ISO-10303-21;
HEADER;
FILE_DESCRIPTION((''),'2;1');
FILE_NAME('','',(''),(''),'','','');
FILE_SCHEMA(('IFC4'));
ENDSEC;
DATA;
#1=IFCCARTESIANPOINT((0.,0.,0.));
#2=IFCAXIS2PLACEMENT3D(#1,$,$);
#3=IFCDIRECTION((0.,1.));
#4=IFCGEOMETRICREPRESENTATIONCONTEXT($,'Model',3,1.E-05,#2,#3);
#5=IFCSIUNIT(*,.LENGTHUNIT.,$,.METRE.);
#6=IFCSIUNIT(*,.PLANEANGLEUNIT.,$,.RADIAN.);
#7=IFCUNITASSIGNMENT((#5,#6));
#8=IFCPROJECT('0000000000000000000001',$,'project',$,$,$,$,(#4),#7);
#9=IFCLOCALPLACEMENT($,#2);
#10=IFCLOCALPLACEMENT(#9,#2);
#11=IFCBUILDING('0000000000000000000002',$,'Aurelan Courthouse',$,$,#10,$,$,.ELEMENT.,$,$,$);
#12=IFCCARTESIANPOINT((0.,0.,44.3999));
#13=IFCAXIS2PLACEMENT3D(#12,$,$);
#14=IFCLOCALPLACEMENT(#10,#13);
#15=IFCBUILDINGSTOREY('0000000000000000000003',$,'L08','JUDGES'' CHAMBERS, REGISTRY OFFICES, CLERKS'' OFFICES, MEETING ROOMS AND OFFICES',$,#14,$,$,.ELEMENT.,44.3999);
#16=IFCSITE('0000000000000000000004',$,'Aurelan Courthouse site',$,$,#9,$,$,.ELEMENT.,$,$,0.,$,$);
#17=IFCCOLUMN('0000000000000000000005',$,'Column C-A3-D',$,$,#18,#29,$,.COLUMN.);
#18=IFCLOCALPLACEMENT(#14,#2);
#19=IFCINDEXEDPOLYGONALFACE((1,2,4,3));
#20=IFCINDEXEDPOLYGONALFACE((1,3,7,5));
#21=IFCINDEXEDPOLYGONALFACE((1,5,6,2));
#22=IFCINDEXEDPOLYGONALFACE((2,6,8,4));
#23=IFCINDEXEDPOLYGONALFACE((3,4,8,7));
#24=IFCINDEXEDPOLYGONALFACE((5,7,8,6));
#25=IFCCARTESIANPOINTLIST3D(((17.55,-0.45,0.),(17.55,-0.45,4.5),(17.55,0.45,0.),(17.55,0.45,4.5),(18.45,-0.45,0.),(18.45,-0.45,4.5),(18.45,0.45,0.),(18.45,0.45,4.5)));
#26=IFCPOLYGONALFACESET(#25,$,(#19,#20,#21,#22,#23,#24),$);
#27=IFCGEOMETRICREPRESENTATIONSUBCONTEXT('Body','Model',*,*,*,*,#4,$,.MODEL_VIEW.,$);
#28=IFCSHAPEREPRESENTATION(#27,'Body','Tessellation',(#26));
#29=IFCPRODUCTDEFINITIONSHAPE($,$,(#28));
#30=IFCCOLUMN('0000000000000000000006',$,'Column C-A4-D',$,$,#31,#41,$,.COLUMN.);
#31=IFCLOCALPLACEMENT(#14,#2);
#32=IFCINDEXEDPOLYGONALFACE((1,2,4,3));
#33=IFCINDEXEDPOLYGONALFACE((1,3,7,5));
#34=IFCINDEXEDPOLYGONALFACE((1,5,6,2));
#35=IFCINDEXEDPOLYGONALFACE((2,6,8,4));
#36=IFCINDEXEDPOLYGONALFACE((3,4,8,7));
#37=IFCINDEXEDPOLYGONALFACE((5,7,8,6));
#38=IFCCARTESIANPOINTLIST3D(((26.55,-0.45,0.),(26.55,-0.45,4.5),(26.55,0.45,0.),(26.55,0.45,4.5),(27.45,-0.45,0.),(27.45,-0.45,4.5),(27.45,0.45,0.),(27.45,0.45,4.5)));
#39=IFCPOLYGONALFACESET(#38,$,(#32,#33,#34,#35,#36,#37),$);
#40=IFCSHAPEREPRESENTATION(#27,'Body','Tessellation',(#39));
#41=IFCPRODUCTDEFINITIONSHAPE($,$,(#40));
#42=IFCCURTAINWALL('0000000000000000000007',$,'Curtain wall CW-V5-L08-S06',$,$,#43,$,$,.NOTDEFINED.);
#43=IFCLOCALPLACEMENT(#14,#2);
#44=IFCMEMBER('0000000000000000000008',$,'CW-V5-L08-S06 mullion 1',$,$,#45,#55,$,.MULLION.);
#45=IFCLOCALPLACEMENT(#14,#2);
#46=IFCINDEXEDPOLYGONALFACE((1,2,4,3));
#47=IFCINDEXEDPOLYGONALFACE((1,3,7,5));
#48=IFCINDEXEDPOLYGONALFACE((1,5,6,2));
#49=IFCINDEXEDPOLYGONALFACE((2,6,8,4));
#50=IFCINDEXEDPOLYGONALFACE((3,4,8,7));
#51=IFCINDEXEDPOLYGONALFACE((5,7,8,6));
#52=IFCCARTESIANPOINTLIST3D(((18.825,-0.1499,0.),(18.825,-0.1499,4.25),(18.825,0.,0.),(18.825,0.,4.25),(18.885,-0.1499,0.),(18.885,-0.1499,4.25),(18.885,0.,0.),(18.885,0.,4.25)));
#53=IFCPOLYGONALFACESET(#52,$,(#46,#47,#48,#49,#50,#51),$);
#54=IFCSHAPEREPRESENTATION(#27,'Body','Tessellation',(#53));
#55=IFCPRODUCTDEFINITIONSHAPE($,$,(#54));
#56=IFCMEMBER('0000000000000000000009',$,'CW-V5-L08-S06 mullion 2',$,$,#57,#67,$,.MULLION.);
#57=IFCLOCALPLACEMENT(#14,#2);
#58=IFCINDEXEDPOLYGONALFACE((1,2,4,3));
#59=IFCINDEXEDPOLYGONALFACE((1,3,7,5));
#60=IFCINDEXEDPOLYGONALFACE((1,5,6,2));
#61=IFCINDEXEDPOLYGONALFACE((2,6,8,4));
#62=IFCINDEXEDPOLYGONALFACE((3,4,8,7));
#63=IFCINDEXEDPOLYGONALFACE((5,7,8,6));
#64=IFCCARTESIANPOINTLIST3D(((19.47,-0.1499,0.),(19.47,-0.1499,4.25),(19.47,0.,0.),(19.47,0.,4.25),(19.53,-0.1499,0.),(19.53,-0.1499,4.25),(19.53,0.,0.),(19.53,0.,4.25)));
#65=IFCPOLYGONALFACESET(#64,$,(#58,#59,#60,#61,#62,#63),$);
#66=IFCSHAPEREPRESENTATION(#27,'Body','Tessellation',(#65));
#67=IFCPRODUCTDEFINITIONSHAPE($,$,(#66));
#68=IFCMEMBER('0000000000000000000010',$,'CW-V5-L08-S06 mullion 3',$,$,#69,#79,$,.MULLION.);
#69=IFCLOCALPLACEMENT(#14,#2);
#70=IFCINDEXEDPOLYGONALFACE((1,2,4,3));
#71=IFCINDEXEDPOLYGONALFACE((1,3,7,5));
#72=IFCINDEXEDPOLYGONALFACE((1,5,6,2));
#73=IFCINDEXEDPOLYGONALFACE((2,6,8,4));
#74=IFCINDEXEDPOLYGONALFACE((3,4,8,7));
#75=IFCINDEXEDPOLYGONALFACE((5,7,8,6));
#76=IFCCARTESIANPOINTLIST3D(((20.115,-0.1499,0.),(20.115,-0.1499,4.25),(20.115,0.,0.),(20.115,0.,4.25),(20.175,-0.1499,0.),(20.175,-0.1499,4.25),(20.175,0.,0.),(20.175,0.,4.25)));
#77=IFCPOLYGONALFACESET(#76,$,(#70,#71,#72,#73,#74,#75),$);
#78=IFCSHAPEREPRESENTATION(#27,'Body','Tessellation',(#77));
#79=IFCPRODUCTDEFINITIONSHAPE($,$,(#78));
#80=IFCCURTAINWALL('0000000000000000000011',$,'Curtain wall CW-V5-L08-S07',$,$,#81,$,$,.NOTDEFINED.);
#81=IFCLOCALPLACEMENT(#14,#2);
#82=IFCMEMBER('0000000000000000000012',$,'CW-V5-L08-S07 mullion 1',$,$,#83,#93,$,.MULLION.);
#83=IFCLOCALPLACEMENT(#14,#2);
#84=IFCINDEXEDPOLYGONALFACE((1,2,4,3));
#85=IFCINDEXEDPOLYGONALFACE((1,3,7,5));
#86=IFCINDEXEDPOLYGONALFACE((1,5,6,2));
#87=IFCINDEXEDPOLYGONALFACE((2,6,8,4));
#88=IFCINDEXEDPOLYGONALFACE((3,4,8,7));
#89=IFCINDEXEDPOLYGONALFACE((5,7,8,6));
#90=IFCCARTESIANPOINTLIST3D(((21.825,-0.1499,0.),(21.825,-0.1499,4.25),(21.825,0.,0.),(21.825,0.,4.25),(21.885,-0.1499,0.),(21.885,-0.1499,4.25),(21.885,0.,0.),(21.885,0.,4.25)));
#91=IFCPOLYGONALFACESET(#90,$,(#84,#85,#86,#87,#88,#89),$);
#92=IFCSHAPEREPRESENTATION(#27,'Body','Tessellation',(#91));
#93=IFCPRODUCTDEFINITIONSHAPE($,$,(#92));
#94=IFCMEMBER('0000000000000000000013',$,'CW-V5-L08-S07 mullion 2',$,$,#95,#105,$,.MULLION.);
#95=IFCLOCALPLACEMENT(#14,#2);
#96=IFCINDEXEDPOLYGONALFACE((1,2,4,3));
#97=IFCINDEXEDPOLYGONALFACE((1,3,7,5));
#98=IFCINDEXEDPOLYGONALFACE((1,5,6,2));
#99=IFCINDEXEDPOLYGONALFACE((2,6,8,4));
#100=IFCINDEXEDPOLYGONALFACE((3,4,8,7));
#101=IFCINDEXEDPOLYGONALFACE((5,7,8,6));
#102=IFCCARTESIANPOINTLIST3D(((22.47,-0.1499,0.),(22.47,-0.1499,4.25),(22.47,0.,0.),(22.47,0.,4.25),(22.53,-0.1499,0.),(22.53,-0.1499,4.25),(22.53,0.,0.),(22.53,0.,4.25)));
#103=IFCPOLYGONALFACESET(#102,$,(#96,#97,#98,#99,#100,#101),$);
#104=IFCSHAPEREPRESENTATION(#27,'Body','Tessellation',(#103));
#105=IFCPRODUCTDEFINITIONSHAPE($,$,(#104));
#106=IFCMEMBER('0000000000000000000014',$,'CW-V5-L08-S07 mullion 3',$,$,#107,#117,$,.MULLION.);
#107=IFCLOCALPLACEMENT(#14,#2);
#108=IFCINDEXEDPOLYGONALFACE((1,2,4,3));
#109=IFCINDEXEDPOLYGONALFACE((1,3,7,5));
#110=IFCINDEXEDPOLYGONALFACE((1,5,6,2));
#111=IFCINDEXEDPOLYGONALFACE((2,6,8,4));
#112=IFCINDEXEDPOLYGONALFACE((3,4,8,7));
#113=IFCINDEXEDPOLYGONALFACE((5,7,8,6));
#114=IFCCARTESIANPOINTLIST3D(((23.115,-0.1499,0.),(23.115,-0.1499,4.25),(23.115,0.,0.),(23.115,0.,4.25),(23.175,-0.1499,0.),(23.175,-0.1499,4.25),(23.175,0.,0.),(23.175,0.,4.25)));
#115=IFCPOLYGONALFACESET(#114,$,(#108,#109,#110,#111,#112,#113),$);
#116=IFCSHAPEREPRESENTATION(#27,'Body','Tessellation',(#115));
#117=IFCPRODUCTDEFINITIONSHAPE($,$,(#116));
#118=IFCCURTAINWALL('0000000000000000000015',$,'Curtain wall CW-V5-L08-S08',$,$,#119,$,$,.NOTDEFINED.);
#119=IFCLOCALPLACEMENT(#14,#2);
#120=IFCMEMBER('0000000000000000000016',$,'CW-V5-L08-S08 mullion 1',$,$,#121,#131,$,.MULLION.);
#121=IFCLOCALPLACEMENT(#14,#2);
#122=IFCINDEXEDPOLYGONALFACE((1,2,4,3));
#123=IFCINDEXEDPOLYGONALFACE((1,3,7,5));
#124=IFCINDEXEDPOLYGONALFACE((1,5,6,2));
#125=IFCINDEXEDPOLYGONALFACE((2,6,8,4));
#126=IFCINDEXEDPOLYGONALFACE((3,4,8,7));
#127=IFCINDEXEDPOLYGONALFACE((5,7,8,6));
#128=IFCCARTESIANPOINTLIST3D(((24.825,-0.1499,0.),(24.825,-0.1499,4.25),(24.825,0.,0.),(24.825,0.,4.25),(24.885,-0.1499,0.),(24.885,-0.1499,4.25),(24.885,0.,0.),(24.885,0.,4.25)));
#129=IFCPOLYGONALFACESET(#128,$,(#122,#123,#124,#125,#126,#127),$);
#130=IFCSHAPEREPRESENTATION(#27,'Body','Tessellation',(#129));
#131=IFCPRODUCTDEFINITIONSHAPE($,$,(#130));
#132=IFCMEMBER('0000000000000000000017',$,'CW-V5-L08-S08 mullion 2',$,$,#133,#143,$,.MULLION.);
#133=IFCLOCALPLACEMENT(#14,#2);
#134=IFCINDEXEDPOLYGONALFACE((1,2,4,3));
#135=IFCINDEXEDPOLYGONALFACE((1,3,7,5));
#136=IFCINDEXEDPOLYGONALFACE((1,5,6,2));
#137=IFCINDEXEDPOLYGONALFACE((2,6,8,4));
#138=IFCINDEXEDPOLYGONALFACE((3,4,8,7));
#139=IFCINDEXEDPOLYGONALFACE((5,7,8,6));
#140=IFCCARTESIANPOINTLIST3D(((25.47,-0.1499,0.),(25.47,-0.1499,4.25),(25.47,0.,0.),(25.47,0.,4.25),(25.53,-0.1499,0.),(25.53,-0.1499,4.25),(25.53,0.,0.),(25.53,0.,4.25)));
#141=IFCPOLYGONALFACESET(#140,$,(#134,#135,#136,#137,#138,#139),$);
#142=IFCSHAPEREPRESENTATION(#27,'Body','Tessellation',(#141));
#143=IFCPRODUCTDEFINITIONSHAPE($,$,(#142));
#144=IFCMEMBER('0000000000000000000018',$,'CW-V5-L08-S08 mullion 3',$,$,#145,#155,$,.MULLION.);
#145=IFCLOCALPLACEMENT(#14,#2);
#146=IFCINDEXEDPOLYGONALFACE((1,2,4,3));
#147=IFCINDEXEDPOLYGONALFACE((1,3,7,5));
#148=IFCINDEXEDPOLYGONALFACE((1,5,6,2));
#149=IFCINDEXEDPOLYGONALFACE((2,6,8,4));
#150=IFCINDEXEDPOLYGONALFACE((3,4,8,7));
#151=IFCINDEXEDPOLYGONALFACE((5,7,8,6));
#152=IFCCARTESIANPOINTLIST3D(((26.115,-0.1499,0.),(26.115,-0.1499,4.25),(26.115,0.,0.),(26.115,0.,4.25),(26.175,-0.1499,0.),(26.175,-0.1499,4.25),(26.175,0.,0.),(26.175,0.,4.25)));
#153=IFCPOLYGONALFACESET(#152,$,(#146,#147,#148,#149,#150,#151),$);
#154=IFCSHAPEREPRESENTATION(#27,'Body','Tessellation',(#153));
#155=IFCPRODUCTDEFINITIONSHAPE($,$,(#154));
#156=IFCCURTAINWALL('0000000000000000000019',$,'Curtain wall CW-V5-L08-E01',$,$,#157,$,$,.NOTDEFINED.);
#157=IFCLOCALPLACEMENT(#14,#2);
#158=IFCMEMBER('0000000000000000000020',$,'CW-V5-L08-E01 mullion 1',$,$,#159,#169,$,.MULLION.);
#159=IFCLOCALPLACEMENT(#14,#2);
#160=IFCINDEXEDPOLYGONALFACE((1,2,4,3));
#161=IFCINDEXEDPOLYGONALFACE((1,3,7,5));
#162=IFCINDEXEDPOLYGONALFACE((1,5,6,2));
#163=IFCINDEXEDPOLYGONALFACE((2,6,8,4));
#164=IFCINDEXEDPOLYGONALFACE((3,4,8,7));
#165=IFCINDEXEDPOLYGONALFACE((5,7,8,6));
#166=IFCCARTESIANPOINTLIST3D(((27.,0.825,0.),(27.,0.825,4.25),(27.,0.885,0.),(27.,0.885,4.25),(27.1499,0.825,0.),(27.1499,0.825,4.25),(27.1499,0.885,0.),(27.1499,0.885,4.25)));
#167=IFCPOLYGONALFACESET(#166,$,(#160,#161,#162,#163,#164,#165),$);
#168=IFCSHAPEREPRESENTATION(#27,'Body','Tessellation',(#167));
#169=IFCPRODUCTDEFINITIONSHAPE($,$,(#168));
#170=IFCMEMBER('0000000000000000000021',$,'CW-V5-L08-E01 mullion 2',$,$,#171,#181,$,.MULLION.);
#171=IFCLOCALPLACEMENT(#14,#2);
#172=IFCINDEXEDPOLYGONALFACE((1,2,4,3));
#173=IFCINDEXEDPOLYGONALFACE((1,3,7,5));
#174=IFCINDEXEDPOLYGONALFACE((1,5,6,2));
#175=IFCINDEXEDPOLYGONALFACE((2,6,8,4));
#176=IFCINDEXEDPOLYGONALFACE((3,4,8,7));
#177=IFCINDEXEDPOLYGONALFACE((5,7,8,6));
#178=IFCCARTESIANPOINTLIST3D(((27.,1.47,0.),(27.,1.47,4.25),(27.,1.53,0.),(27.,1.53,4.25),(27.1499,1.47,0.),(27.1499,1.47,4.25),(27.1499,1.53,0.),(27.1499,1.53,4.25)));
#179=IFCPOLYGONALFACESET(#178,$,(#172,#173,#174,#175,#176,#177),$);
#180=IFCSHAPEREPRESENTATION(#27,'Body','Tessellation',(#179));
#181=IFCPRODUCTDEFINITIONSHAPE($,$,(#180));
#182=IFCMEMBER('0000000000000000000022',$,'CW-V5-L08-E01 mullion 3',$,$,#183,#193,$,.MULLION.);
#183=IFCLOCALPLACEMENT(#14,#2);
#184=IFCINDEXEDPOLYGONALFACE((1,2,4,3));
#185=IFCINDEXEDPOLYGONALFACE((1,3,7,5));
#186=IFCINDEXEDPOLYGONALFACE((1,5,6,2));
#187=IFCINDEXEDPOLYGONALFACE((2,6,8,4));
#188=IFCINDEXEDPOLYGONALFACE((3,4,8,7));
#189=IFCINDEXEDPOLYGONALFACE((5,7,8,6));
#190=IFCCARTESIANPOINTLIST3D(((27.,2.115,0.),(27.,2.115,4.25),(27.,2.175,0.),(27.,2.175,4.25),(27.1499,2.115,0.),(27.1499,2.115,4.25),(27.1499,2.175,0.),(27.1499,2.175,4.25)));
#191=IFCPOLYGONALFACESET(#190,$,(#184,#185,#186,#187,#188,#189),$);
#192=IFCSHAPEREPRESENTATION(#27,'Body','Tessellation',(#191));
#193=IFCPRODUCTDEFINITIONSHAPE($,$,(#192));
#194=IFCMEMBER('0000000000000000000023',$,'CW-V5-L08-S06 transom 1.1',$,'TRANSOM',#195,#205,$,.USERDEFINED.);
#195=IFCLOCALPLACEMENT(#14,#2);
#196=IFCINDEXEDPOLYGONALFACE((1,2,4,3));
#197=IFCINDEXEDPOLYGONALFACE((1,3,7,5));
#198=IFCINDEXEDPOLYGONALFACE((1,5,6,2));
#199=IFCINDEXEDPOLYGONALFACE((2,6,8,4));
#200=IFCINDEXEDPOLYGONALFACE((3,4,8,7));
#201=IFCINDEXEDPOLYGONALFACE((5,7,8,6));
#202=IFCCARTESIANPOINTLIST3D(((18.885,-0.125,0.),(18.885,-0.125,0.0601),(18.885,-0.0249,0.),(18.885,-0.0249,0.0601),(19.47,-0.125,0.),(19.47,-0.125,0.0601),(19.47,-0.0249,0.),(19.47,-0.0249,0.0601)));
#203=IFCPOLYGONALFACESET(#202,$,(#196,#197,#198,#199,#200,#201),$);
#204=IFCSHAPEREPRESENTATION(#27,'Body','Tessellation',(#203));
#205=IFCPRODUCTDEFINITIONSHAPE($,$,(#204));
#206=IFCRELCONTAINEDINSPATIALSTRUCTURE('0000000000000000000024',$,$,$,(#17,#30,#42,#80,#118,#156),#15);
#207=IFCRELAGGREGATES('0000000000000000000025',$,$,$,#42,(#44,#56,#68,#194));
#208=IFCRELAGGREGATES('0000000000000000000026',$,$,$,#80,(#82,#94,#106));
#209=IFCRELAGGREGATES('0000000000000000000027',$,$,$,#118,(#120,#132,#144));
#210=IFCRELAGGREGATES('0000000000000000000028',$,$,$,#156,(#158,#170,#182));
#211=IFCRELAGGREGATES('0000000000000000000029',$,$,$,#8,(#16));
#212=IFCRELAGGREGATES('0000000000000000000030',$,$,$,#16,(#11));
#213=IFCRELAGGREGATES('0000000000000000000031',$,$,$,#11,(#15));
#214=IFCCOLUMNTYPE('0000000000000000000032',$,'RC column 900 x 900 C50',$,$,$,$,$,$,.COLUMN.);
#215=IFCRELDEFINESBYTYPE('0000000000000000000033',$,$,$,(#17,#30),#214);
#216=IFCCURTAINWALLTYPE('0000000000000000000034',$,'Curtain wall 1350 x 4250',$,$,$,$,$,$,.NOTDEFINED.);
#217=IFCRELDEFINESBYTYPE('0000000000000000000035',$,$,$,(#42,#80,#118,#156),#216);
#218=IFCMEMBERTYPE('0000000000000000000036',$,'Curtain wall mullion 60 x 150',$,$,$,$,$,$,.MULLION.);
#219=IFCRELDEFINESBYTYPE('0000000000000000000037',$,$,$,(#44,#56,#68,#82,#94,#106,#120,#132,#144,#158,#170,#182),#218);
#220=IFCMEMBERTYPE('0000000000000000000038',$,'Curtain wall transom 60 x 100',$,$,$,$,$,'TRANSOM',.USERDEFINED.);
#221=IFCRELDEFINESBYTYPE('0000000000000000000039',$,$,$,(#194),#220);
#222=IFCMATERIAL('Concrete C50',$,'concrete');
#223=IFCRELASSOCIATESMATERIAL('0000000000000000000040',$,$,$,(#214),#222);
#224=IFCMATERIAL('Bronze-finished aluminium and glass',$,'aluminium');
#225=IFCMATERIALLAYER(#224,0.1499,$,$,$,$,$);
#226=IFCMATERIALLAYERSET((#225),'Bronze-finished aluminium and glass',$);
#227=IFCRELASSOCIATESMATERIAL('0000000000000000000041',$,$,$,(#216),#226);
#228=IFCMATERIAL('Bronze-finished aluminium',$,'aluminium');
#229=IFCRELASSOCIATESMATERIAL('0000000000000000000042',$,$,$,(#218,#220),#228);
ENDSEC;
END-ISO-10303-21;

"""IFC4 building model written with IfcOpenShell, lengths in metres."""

from ifc_helpers import new_model, si_unit, direction, frame, origin, origin_2d, place, context, subcontext, project, spatial, rectangle, extrude, material, layer, layer_set, material_profile, profile_set, type_object, element, aggregate, save


model = new_model("IFC4")

# Units and contexts
model_context = context("Model", 3, precision=1e-05, world=origin(), true_north=direction((0.0, 1.0)))
body_context = subcontext(model_context, "Body", "Model", "MODEL_VIEW")
ifc_project = project(units=[si_unit("LENGTHUNIT", "METRE"), si_unit("PLANEANGLEUNIT", "RADIAN")], contexts=[model_context])

# Site, building, storey
site_placement = place(None, origin())
site = spatial("IfcSite", under=ifc_project, at=site_placement, Name="Aurelan Courthouse site", CompositionType="ELEMENT", RefElevation=0.0)
building_placement = place(site_placement, origin())
building = spatial("IfcBuilding", under=site, at=building_placement, Name="Aurelan Courthouse", CompositionType="ELEMENT")
storey_placement = place(building_placement, frame((0.0, 0.0, 44.3999)))
storey = spatial("IfcBuildingStorey", under=building, at=storey_placement, Name="L08", Description="JUDGES' CHAMBERS, REGISTRY OFFICES, CLERKS' OFFICES, MEETING ROOMS AND OFFICES", CompositionType="ELEMENT", Elevation=44.3999)

# Columns
ifc_material_1 = material(Name="Concrete C50", Category="concrete")
ifc_material_profile_1 = material_profile(ifc_material_1, rectangle(XDim=0.8999, YDim=0.8999, at=origin_2d()), Name="RC 900 x 900")
ifc_profile_set_1 = profile_set([ifc_material_profile_1], Name="Concrete C50")
column_type = type_object("IfcColumnType", Name="RC column 900 x 900 C50", PredefinedType="COLUMN", material=ifc_profile_set_1)
for number, where, z_axis, x_axis, name in (
    (1, (18.0, 0.0, 0.0), (0.0, 0.0, 1.0), (1.0, 0.0, 0.0), "Column C-A3-D"),
    (2, (27.0, 0.0, 0.0), (0.0, 0.0, 1.0), (1.0, 0.0, 0.0), "Column C-A4-D"),
):
    element("IfcColumn", number, at=place(storey_placement, frame(where, z_axis=z_axis, x_axis=x_axis)), inside=storey, type_object=column_type, Name=name, PredefinedType="COLUMN", context=body_context, shape_type="SweptSolid", body=[
        extrude(rectangle(XDim=0.8999, YDim=0.8999, at=origin_2d()), origin(), (0.0, 0.0, 1.0), 4.5),
    ])

# Curtain walls, members
ifc_material_2 = material(Name="Bronze-finished aluminium and glass", Category="aluminium")
ifc_layer_1 = layer(ifc_material_2, 0.1499)
ifc_layer_set_1 = layer_set([ifc_layer_1], Name="Bronze-finished aluminium and glass")
curtain_wall_type = type_object("IfcCurtainWallType", Name="Curtain wall 1350 x 4250", PredefinedType="NOTDEFINED", material=ifc_layer_set_1)
curtain_wall_1_placement = place(storey_placement, origin())
curtain_wall_1 = element("IfcCurtainWall", 3, at=curtain_wall_1_placement, inside=storey, type_object=curtain_wall_type, Name="Curtain wall CW-V5-L08-S06", PredefinedType="NOTDEFINED")
ifc_material_3 = material(Name="Bronze-finished aluminium", Category="aluminium")
ifc_material_profile_2 = material_profile(ifc_material_3, rectangle(XDim=0.1499, YDim=0.0601, at=origin_2d()), Name="Bronze mullion 60 x 150")
ifc_profile_set_2 = profile_set([ifc_material_profile_2], Name="Bronze-finished aluminium")
member_type_1 = type_object("IfcMemberType", Name="Curtain wall mullion 60 x 150", PredefinedType="MULLION", material=ifc_profile_set_2)
member_1_placement = place(storey_placement, frame((18.855, -0.075, 0.0), z_axis=(0.0, 0.0, 1.0), x_axis=(0.0, 1.0, 0.0)))
member_1 = element("IfcMember", 4, at=member_1_placement, type_object=member_type_1, Name="CW-V5-L08-S06 mullion 1", PredefinedType="MULLION", context=body_context, shape_type="SweptSolid", body=[
    extrude(rectangle(XDim=0.1499, YDim=0.0601, at=origin_2d()), origin(), (0.0, 0.0, 1.0), 4.25),
])
member_2_placement = place(storey_placement, frame((19.5, -0.075, 0.0), z_axis=(0.0, 0.0, 1.0), x_axis=(0.0, 1.0, 0.0)))
member_2 = element("IfcMember", 5, at=member_2_placement, type_object=member_type_1, Name="CW-V5-L08-S06 mullion 2", PredefinedType="MULLION", context=body_context, shape_type="SweptSolid", body=[
    extrude(rectangle(XDim=0.1499, YDim=0.0601, at=origin_2d()), origin(), (0.0, 0.0, 1.0), 4.25),
])
member_3_placement = place(storey_placement, frame((20.145, -0.075, 0.0), z_axis=(0.0, 0.0, 1.0), x_axis=(0.0, 1.0, 0.0)))
member_3 = element("IfcMember", 6, at=member_3_placement, type_object=member_type_1, Name="CW-V5-L08-S06 mullion 3", PredefinedType="MULLION", context=body_context, shape_type="SweptSolid", body=[
    extrude(rectangle(XDim=0.1499, YDim=0.0601, at=origin_2d()), origin(), (0.0, 0.0, 1.0), 4.25),
])
curtain_wall_2_placement = place(storey_placement, origin())
curtain_wall_2 = element("IfcCurtainWall", 7, at=curtain_wall_2_placement, inside=storey, type_object=curtain_wall_type, Name="Curtain wall CW-V5-L08-S07", PredefinedType="NOTDEFINED")
member_4_placement = place(storey_placement, frame((21.855, -0.075, 0.0), z_axis=(0.0, 0.0, 1.0), x_axis=(0.0, 1.0, 0.0)))
member_4 = element("IfcMember", 8, at=member_4_placement, type_object=member_type_1, Name="CW-V5-L08-S07 mullion 1", PredefinedType="MULLION", context=body_context, shape_type="SweptSolid", body=[
    extrude(rectangle(XDim=0.1499, YDim=0.0601, at=origin_2d()), origin(), (0.0, 0.0, 1.0), 4.25),
])
member_5_placement = place(storey_placement, frame((22.5, -0.075, 0.0), z_axis=(0.0, 0.0, 1.0), x_axis=(0.0, 1.0, 0.0)))
member_5 = element("IfcMember", 9, at=member_5_placement, type_object=member_type_1, Name="CW-V5-L08-S07 mullion 2", PredefinedType="MULLION", context=body_context, shape_type="SweptSolid", body=[
    extrude(rectangle(XDim=0.1499, YDim=0.0601, at=origin_2d()), origin(), (0.0, 0.0, 1.0), 4.25),
])
member_6_placement = place(storey_placement, frame((23.145, -0.075, 0.0), z_axis=(0.0, 0.0, 1.0), x_axis=(0.0, 1.0, 0.0)))
member_6 = element("IfcMember", 10, at=member_6_placement, type_object=member_type_1, Name="CW-V5-L08-S07 mullion 3", PredefinedType="MULLION", context=body_context, shape_type="SweptSolid", body=[
    extrude(rectangle(XDim=0.1499, YDim=0.0601, at=origin_2d()), origin(), (0.0, 0.0, 1.0), 4.25),
])
curtain_wall_3_placement = place(storey_placement, origin())
curtain_wall_3 = element("IfcCurtainWall", 11, at=curtain_wall_3_placement, inside=storey, type_object=curtain_wall_type, Name="Curtain wall CW-V5-L08-S08", PredefinedType="NOTDEFINED")
member_7_placement = place(storey_placement, frame((24.855, -0.075, 0.0), z_axis=(0.0, 0.0, 1.0), x_axis=(0.0, 1.0, 0.0)))
member_7 = element("IfcMember", 12, at=member_7_placement, type_object=member_type_1, Name="CW-V5-L08-S08 mullion 1", PredefinedType="MULLION", context=body_context, shape_type="SweptSolid", body=[
    extrude(rectangle(XDim=0.1499, YDim=0.0601, at=origin_2d()), origin(), (0.0, 0.0, 1.0), 4.25),
])
member_8_placement = place(storey_placement, frame((25.5, -0.075, 0.0), z_axis=(0.0, 0.0, 1.0), x_axis=(0.0, 1.0, 0.0)))
member_8 = element("IfcMember", 13, at=member_8_placement, type_object=member_type_1, Name="CW-V5-L08-S08 mullion 2", PredefinedType="MULLION", context=body_context, shape_type="SweptSolid", body=[
    extrude(rectangle(XDim=0.1499, YDim=0.0601, at=origin_2d()), origin(), (0.0, 0.0, 1.0), 4.25),
])
member_9_placement = place(storey_placement, frame((26.145, -0.075, 0.0), z_axis=(0.0, 0.0, 1.0), x_axis=(0.0, 1.0, 0.0)))
member_9 = element("IfcMember", 14, at=member_9_placement, type_object=member_type_1, Name="CW-V5-L08-S08 mullion 3", PredefinedType="MULLION", context=body_context, shape_type="SweptSolid", body=[
    extrude(rectangle(XDim=0.1499, YDim=0.0601, at=origin_2d()), origin(), (0.0, 0.0, 1.0), 4.25),
])
curtain_wall_4_placement = place(storey_placement, origin())
curtain_wall_4 = element("IfcCurtainWall", 15, at=curtain_wall_4_placement, inside=storey, type_object=curtain_wall_type, Name="Curtain wall CW-V5-L08-E01", PredefinedType="NOTDEFINED")
member_10_placement = place(storey_placement, frame((27.075, 0.855, 0.0), z_axis=(0.0, 0.0, 1.0), x_axis=(-1.0, 0.0, 0.0)))
member_10 = element("IfcMember", 16, at=member_10_placement, type_object=member_type_1, Name="CW-V5-L08-E01 mullion 1", PredefinedType="MULLION", context=body_context, shape_type="SweptSolid", body=[
    extrude(rectangle(XDim=0.1499, YDim=0.0601, at=origin_2d()), origin(), (0.0, 0.0, 1.0), 4.25),
])
member_11_placement = place(storey_placement, frame((27.075, 1.5, 0.0), z_axis=(0.0, 0.0, 1.0), x_axis=(-1.0, 0.0, 0.0)))
member_11 = element("IfcMember", 17, at=member_11_placement, type_object=member_type_1, Name="CW-V5-L08-E01 mullion 2", PredefinedType="MULLION", context=body_context, shape_type="SweptSolid", body=[
    extrude(rectangle(XDim=0.1499, YDim=0.0601, at=origin_2d()), origin(), (0.0, 0.0, 1.0), 4.25),
])
member_12_placement = place(storey_placement, frame((27.075, 2.145, 0.0), z_axis=(0.0, 0.0, 1.0), x_axis=(-1.0, 0.0, 0.0)))
member_12 = element("IfcMember", 18, at=member_12_placement, type_object=member_type_1, Name="CW-V5-L08-E01 mullion 3", PredefinedType="MULLION", context=body_context, shape_type="SweptSolid", body=[
    extrude(rectangle(XDim=0.1499, YDim=0.0601, at=origin_2d()), origin(), (0.0, 0.0, 1.0), 4.25),
])

# Member
ifc_material_profile_3 = material_profile(ifc_material_3, rectangle(XDim=0.1001, YDim=0.0601, at=origin_2d()), Name="Bronze transom 60 x 100")
ifc_profile_set_3 = profile_set([ifc_material_profile_3], Name="Bronze-finished aluminium")
member_type_2 = type_object("IfcMemberType", Name="Curtain wall transom 60 x 100", ElementType="TRANSOM", PredefinedType="USERDEFINED", material=ifc_profile_set_3)
member_13_placement = place(storey_placement, frame((18.885, -0.075, 0.03), z_axis=(1.0, 0.0, 0.0), x_axis=(0.0, 1.0, 0.0)))
member_13 = element("IfcMember", 19, at=member_13_placement, type_object=member_type_2, Name="CW-V5-L08-S06 transom 1.1", ObjectType="TRANSOM", PredefinedType="USERDEFINED", context=body_context, shape_type="SweptSolid", body=[
    extrude(rectangle(XDim=0.1001, YDim=0.0601, at=origin_2d()), origin(), (0.0, 0.0, 1.0), 0.585),
])
aggregate(curtain_wall_1, [member_1, member_2, member_3, member_13])
aggregate(curtain_wall_2, [member_4, member_5, member_6])
aggregate(curtain_wall_3, [member_7, member_8, member_9])
aggregate(curtain_wall_4, [member_10, member_11, member_12])

save(model, "model.ifc")
